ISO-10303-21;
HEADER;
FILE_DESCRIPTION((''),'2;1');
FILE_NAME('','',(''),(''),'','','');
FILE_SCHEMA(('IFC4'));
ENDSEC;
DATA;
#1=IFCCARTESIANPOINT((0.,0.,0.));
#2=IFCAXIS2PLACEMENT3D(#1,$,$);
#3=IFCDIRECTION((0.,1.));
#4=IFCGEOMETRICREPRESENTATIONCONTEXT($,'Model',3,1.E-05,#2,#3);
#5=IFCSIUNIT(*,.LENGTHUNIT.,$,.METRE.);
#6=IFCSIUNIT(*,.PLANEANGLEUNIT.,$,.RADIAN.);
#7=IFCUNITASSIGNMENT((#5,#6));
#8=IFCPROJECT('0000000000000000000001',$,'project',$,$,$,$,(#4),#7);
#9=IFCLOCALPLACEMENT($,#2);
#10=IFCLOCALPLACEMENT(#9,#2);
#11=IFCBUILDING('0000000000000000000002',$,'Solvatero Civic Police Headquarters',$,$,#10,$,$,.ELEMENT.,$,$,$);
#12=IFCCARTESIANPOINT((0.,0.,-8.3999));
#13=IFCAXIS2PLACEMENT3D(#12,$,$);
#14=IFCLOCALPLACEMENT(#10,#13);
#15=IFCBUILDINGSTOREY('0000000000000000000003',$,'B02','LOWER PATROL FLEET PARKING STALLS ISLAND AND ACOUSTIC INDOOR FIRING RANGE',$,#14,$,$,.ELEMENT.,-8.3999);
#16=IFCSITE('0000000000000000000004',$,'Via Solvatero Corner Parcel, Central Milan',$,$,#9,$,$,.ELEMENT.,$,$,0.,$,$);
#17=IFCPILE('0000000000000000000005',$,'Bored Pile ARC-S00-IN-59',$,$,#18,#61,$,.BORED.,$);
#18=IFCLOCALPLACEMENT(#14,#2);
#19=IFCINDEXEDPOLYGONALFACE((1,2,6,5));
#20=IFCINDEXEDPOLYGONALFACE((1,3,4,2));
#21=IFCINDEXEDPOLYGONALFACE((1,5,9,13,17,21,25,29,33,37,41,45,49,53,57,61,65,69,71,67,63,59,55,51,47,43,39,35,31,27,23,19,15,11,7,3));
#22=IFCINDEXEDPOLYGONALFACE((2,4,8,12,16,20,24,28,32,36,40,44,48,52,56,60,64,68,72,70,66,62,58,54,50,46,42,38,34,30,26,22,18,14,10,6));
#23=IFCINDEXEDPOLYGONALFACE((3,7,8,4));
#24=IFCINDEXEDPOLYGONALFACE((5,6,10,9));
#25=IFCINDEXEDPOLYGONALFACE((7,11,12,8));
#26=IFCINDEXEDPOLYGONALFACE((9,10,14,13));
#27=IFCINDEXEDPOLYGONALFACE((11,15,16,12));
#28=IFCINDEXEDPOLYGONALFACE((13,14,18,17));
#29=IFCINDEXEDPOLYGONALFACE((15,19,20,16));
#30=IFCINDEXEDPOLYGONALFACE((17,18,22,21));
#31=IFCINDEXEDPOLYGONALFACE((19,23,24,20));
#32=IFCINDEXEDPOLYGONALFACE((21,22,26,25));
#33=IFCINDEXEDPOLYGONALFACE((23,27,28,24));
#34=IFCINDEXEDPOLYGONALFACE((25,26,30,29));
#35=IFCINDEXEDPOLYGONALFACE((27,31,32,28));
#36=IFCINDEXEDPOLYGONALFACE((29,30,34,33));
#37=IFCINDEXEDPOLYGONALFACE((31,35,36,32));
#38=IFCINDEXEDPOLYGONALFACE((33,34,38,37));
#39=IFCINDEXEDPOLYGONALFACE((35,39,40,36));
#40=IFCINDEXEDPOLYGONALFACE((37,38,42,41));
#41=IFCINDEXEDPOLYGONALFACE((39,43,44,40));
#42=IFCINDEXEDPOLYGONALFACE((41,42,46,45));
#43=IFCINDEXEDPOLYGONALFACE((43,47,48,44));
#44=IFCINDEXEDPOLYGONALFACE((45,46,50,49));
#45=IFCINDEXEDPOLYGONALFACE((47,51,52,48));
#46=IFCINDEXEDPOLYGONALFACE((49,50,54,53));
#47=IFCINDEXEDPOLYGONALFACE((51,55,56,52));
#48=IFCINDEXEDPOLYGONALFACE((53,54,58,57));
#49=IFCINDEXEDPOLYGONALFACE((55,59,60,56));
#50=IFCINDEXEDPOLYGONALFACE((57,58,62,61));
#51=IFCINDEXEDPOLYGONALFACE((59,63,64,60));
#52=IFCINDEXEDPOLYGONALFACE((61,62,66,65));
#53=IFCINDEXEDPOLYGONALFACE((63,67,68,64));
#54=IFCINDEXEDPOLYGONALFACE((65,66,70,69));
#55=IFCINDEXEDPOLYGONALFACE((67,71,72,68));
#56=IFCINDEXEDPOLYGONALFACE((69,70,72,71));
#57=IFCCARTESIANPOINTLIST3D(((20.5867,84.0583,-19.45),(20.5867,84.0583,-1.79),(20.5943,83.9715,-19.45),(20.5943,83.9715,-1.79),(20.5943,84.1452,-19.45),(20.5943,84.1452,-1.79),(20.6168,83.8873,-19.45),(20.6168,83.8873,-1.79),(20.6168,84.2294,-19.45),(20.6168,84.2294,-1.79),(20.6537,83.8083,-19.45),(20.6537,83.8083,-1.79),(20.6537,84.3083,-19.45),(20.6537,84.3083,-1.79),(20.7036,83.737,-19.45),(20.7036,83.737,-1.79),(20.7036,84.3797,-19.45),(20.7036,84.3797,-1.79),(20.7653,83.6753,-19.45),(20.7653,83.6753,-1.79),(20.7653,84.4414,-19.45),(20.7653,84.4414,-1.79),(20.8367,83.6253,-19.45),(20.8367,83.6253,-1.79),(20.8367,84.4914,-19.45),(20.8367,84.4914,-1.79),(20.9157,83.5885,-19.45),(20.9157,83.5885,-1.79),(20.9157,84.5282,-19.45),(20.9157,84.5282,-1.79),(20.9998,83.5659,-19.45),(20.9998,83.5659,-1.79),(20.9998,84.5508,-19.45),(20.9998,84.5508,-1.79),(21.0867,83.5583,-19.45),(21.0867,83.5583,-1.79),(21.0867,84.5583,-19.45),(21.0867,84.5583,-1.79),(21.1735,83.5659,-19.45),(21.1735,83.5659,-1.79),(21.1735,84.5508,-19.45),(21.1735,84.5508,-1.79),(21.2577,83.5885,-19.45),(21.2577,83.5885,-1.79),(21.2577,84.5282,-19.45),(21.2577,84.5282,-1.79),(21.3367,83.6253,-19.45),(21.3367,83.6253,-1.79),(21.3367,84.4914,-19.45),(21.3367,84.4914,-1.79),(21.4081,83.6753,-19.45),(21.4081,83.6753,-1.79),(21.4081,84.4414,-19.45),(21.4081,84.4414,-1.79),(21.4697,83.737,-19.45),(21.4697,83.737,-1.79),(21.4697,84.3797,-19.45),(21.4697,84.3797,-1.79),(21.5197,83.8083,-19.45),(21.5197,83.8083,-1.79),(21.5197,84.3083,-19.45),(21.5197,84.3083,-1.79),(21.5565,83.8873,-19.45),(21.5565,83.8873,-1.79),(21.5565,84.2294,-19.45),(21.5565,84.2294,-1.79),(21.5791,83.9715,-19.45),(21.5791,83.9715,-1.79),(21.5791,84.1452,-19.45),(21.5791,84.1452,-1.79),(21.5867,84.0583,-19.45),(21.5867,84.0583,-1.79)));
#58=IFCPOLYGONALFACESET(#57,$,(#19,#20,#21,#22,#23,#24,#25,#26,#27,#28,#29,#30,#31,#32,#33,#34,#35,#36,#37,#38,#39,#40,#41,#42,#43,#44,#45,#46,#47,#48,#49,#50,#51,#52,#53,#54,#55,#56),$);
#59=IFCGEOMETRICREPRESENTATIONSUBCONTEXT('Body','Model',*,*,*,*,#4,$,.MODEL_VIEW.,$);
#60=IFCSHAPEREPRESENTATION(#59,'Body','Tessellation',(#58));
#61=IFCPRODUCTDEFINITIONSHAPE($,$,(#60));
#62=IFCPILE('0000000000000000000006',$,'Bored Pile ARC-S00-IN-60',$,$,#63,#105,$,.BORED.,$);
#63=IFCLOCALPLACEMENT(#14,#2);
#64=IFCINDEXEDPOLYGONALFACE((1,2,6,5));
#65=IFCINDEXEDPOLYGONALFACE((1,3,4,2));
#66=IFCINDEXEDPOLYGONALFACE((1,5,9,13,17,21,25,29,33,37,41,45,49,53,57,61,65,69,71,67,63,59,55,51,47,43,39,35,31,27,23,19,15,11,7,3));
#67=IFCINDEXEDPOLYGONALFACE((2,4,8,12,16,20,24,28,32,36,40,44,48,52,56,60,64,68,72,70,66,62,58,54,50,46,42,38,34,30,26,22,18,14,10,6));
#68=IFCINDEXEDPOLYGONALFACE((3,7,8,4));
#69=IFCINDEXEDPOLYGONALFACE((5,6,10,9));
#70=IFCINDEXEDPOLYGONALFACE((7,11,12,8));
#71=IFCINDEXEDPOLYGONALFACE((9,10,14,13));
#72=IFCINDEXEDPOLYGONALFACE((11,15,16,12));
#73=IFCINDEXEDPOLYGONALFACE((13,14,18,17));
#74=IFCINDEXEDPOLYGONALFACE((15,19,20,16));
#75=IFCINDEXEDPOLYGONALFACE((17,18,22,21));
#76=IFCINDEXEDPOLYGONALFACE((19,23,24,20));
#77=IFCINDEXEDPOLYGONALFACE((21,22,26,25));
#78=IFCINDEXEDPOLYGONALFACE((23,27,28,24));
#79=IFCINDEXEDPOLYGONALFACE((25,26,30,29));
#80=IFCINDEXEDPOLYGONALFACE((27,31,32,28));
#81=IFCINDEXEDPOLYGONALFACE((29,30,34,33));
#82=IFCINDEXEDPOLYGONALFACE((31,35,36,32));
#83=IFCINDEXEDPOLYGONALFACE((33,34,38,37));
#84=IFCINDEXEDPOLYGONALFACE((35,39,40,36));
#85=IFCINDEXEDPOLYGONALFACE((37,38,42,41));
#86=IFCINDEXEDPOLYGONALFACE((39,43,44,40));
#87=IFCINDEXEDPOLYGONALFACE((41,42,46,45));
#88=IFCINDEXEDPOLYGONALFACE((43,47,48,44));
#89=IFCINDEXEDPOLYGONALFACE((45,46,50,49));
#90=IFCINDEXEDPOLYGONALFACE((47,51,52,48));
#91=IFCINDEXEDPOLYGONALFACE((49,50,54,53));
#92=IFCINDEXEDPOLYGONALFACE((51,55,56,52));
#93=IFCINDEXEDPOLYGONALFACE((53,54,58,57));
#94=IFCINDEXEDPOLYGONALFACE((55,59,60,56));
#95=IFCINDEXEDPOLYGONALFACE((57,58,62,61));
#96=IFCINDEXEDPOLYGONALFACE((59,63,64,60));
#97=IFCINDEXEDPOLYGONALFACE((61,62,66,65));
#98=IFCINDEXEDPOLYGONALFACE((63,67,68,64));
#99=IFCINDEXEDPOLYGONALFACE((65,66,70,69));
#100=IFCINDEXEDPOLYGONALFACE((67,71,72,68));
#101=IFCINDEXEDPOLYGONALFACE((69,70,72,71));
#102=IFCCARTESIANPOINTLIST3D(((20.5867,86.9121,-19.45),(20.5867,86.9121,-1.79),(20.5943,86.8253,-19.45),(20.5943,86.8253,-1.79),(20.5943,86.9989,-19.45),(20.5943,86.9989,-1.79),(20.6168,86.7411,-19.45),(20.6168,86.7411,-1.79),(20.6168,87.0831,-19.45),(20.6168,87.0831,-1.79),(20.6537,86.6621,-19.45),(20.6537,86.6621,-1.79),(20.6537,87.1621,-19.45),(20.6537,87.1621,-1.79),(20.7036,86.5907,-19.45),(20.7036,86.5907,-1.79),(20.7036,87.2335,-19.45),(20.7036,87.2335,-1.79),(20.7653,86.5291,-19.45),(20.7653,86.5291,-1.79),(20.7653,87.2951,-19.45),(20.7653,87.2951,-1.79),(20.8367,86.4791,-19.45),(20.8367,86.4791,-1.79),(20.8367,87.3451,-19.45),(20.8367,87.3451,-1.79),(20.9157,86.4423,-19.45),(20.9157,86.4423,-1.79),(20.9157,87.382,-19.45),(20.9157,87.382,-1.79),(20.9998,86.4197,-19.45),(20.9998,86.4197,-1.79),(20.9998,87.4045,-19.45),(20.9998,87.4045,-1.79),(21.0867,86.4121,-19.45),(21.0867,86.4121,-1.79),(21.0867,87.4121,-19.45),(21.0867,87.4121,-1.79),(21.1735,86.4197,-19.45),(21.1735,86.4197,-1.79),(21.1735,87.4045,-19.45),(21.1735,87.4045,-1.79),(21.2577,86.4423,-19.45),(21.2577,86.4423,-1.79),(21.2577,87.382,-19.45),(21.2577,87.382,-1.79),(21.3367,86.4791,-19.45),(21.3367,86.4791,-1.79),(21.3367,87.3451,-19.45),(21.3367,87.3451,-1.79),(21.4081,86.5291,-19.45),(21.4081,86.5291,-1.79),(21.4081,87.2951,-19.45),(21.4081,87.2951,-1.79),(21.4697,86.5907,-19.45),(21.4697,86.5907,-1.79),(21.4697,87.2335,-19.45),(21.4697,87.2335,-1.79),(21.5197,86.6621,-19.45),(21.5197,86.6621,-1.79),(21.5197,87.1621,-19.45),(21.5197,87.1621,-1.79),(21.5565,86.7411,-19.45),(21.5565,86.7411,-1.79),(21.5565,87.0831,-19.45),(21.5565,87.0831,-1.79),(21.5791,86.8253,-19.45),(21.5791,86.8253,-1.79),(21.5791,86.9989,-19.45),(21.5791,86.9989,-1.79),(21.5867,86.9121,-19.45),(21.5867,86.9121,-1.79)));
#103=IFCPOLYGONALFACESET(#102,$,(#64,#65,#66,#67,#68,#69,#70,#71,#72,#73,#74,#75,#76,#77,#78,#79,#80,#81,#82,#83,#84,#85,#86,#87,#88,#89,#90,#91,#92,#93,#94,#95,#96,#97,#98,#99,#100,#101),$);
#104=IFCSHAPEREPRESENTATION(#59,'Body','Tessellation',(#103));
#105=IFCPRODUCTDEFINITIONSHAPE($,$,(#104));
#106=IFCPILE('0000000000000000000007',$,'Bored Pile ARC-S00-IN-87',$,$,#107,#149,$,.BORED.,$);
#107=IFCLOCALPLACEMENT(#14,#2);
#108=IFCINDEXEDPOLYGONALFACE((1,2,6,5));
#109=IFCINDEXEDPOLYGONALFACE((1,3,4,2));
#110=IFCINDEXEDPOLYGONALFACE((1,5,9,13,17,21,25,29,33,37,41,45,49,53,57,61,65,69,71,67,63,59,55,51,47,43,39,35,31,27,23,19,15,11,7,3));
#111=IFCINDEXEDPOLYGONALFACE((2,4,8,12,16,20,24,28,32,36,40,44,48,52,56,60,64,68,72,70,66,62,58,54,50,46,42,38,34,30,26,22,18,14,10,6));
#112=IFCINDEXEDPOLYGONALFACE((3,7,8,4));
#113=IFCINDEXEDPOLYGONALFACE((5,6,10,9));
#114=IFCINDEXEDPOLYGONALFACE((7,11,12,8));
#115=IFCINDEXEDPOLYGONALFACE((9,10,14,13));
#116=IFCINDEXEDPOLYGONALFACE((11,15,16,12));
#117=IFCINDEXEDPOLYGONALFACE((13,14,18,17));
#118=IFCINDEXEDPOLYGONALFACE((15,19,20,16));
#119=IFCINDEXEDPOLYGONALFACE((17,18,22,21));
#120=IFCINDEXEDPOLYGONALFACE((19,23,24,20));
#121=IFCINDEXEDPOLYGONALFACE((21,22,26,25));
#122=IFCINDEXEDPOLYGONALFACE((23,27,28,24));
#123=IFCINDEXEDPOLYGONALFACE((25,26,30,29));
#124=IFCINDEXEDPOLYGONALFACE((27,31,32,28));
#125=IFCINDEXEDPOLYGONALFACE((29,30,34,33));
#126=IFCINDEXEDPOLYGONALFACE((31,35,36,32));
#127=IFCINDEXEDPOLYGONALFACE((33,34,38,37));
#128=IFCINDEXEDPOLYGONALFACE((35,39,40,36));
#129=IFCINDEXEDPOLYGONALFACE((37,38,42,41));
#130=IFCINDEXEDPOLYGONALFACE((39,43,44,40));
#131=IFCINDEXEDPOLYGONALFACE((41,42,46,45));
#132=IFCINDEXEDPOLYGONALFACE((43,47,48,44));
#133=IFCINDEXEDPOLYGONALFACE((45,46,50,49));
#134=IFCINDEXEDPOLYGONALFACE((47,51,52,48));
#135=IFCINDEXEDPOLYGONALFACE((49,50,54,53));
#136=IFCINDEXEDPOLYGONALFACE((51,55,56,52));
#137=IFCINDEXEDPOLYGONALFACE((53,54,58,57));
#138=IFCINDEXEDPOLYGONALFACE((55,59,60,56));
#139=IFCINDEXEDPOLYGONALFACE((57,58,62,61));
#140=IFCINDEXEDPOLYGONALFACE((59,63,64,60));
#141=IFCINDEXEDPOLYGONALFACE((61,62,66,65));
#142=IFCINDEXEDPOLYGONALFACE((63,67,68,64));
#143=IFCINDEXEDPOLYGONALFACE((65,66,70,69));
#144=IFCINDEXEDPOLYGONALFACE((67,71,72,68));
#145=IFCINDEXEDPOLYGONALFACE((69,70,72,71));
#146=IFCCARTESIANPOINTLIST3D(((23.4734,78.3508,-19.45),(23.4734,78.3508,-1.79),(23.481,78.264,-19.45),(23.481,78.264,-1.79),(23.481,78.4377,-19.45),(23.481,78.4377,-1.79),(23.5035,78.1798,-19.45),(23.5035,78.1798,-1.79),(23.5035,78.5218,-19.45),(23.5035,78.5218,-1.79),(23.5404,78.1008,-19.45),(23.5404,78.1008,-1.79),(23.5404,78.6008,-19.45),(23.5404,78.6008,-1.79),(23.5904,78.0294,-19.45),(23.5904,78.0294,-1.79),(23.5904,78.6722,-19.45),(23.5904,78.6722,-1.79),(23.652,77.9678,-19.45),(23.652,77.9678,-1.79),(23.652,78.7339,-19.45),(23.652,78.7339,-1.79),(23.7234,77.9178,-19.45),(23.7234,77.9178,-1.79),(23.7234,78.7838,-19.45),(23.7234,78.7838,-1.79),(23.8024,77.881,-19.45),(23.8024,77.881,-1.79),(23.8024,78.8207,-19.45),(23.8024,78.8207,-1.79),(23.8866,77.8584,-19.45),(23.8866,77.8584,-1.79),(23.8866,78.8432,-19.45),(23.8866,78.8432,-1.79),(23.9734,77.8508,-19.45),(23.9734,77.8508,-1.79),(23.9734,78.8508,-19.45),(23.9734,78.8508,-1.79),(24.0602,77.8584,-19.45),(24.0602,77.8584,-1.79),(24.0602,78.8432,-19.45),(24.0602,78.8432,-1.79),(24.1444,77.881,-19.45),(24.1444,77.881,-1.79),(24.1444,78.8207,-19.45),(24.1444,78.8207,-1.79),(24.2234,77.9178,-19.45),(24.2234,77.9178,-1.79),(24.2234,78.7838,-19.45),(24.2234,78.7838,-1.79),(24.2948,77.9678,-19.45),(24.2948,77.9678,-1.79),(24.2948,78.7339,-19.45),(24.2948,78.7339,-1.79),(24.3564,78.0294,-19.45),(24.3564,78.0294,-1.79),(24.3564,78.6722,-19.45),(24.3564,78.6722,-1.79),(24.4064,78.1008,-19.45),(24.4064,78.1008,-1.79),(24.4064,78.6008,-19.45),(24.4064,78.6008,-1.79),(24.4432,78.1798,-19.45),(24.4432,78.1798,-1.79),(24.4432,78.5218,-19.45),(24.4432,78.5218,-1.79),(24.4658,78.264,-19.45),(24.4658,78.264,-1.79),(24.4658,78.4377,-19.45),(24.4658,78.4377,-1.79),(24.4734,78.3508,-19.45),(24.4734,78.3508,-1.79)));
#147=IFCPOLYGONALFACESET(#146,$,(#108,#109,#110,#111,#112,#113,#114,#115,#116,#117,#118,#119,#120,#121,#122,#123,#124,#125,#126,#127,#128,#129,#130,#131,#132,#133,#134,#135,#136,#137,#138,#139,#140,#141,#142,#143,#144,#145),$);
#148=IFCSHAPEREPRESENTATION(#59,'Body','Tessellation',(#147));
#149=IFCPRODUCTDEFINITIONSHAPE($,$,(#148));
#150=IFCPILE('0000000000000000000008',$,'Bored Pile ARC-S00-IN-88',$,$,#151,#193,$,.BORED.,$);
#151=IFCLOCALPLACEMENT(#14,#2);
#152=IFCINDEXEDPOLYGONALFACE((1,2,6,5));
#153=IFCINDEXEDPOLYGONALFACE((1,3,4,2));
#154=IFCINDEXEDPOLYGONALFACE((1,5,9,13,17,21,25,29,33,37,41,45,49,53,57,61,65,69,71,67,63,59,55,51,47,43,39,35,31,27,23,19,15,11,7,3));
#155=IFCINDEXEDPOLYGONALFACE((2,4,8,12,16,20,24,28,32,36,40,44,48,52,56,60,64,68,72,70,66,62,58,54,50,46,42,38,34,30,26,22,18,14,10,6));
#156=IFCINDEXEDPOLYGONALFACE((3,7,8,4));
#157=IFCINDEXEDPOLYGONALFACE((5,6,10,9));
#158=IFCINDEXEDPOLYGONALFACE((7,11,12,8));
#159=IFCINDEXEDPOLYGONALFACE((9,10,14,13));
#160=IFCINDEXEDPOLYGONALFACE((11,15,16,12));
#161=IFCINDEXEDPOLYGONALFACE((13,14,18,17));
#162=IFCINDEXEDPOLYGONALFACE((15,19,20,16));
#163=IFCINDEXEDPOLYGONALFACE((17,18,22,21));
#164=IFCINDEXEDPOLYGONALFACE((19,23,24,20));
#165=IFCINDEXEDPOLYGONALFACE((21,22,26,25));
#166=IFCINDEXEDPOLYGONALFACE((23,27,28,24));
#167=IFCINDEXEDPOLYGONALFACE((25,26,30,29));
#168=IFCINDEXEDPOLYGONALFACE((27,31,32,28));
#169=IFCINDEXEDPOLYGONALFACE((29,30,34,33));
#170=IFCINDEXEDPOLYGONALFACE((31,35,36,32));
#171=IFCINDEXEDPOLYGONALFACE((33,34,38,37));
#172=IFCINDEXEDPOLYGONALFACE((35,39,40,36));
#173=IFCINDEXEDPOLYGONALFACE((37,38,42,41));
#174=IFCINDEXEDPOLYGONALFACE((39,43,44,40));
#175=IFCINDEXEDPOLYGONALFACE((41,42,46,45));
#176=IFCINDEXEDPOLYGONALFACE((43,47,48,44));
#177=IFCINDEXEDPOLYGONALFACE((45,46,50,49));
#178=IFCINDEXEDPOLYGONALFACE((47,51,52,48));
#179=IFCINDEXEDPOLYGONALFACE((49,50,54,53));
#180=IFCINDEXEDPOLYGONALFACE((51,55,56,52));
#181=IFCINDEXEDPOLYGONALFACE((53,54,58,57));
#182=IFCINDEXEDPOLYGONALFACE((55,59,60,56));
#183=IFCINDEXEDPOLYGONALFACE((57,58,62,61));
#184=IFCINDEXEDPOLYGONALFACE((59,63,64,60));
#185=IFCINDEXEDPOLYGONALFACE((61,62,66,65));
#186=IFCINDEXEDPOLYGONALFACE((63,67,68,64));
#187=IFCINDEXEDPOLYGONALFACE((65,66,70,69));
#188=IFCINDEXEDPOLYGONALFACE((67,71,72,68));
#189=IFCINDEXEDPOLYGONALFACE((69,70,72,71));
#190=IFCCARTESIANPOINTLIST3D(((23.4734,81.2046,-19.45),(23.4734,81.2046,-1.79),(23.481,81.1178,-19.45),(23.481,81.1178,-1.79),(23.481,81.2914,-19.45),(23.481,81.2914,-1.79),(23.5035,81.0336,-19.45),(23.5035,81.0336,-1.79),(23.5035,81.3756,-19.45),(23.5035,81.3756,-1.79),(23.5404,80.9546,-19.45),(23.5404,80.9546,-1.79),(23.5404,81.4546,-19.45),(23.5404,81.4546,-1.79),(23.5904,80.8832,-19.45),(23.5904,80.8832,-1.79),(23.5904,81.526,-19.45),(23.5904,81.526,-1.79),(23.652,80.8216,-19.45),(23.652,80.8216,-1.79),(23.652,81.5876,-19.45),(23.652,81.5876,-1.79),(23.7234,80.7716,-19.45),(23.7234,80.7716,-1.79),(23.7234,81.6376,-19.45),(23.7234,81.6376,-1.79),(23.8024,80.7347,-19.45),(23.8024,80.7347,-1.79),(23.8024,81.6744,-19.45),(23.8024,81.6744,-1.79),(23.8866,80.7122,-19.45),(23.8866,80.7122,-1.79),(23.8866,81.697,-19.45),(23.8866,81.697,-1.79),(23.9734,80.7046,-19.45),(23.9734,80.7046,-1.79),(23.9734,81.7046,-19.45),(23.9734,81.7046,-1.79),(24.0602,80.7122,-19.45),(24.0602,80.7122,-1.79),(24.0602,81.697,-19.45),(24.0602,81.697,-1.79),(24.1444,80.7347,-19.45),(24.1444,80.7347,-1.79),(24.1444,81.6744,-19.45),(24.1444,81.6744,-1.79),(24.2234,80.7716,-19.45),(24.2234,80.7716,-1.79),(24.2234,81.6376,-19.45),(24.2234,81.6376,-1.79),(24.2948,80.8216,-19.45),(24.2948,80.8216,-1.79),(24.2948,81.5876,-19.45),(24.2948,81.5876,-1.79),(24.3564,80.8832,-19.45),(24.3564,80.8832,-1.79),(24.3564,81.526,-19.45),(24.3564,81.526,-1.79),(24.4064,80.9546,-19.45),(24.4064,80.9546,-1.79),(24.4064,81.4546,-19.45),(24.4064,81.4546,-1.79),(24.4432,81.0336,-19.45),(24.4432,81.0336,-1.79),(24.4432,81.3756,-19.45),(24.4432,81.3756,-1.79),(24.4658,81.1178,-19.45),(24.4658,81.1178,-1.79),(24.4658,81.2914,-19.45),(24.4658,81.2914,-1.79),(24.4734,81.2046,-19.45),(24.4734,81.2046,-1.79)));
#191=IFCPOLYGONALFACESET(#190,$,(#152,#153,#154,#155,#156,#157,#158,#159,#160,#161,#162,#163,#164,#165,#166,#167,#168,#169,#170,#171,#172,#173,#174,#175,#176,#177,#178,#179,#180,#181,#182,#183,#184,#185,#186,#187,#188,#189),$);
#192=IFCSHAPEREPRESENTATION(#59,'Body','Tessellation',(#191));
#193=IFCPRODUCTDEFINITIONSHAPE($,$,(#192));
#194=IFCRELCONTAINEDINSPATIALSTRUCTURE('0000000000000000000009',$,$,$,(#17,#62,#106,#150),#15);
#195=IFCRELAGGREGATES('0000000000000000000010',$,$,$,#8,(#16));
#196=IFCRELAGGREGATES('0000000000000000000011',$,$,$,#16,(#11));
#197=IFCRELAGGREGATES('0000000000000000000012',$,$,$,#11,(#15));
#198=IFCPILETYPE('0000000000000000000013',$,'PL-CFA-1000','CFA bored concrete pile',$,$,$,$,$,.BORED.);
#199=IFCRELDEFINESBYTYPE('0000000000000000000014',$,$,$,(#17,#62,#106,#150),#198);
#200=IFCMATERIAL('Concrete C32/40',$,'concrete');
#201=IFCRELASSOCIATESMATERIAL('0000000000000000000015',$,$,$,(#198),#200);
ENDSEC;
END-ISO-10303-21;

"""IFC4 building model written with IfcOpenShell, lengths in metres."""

from ifc_helpers import new_model, si_unit, direction, frame, origin, origin_2d, place, context, subcontext, project, spatial, circle, extrude, material, material_profile, profile_set, type_object, element, save


model = new_model("IFC4")

# Units and contexts
model_context = context("Model", 3, precision=1e-05, world=origin(), true_north=direction((0.0, 1.0)))
body_context = subcontext(model_context, "Body", "Model", "MODEL_VIEW")
ifc_project = project(units=[si_unit("LENGTHUNIT", "METRE"), si_unit("PLANEANGLEUNIT", "RADIAN")], contexts=[model_context])

# Site, building, storey
site_placement = place(None, origin())
site = spatial("IfcSite", under=ifc_project, at=site_placement, Name="Via Solvatero Corner Parcel, Central Milan", CompositionType="ELEMENT", RefElevation=0.0)
building_placement = place(site_placement, origin())
building = spatial("IfcBuilding", under=site, at=building_placement, Name="Solvatero Civic Police Headquarters", CompositionType="ELEMENT")
storey_placement = place(building_placement, frame((0.0, 0.0, -8.3999)))
storey = spatial("IfcBuildingStorey", under=building, at=storey_placement, Name="B02", Description="LOWER PATROL FLEET PARKING STALLS ISLAND AND ACOUSTIC INDOOR FIRING RANGE", CompositionType="ELEMENT", Elevation=-8.3999)

# Piles
ifc_material_1 = material(Name="Concrete C32/40", Category="concrete")
ifc_material_profile_1 = material_profile(ifc_material_1, circle(Radius=0.5, at=origin_2d()), Name="CFA PILE D1000")
ifc_profile_set_1 = profile_set([ifc_material_profile_1], Name="Concrete C32/40")
pile_type = type_object("IfcPileType", Name="PL-CFA-1000", Description="CFA bored concrete pile", PredefinedType="BORED", material=ifc_profile_set_1)
for number, where, z_axis, x_axis, name in (
    (1, (21.0867, 84.0583, -1.79), (0.0, 0.0, -1.0), (1.0, 0.0, 0.0), "Bored Pile ARC-S00-IN-59"),
    (2, (21.0867, 86.9121, -1.79), (0.0, 0.0, -1.0), (1.0, 0.0, 0.0), "Bored Pile ARC-S00-IN-60"),
    (3, (23.9734, 78.3508, -1.79), (0.0, 0.0, -1.0), (1.0, 0.0, 0.0), "Bored Pile ARC-S00-IN-87"),
    (4, (23.9734, 81.2046, -1.79), (0.0, 0.0, -1.0), (1.0, 0.0, 0.0), "Bored Pile ARC-S00-IN-88"),
):
    element("IfcPile", number, at=place(storey_placement, frame(where, z_axis=z_axis, x_axis=x_axis)), inside=storey, type_object=pile_type, Name=name, PredefinedType="BORED", context=body_context, shape_type="SweptSolid", body=[
        extrude(circle(Radius=0.5, at=origin_2d()), origin(), (0.0, 0.0, 1.0), 17.6599),
    ])

save(model, "model.ifc")
